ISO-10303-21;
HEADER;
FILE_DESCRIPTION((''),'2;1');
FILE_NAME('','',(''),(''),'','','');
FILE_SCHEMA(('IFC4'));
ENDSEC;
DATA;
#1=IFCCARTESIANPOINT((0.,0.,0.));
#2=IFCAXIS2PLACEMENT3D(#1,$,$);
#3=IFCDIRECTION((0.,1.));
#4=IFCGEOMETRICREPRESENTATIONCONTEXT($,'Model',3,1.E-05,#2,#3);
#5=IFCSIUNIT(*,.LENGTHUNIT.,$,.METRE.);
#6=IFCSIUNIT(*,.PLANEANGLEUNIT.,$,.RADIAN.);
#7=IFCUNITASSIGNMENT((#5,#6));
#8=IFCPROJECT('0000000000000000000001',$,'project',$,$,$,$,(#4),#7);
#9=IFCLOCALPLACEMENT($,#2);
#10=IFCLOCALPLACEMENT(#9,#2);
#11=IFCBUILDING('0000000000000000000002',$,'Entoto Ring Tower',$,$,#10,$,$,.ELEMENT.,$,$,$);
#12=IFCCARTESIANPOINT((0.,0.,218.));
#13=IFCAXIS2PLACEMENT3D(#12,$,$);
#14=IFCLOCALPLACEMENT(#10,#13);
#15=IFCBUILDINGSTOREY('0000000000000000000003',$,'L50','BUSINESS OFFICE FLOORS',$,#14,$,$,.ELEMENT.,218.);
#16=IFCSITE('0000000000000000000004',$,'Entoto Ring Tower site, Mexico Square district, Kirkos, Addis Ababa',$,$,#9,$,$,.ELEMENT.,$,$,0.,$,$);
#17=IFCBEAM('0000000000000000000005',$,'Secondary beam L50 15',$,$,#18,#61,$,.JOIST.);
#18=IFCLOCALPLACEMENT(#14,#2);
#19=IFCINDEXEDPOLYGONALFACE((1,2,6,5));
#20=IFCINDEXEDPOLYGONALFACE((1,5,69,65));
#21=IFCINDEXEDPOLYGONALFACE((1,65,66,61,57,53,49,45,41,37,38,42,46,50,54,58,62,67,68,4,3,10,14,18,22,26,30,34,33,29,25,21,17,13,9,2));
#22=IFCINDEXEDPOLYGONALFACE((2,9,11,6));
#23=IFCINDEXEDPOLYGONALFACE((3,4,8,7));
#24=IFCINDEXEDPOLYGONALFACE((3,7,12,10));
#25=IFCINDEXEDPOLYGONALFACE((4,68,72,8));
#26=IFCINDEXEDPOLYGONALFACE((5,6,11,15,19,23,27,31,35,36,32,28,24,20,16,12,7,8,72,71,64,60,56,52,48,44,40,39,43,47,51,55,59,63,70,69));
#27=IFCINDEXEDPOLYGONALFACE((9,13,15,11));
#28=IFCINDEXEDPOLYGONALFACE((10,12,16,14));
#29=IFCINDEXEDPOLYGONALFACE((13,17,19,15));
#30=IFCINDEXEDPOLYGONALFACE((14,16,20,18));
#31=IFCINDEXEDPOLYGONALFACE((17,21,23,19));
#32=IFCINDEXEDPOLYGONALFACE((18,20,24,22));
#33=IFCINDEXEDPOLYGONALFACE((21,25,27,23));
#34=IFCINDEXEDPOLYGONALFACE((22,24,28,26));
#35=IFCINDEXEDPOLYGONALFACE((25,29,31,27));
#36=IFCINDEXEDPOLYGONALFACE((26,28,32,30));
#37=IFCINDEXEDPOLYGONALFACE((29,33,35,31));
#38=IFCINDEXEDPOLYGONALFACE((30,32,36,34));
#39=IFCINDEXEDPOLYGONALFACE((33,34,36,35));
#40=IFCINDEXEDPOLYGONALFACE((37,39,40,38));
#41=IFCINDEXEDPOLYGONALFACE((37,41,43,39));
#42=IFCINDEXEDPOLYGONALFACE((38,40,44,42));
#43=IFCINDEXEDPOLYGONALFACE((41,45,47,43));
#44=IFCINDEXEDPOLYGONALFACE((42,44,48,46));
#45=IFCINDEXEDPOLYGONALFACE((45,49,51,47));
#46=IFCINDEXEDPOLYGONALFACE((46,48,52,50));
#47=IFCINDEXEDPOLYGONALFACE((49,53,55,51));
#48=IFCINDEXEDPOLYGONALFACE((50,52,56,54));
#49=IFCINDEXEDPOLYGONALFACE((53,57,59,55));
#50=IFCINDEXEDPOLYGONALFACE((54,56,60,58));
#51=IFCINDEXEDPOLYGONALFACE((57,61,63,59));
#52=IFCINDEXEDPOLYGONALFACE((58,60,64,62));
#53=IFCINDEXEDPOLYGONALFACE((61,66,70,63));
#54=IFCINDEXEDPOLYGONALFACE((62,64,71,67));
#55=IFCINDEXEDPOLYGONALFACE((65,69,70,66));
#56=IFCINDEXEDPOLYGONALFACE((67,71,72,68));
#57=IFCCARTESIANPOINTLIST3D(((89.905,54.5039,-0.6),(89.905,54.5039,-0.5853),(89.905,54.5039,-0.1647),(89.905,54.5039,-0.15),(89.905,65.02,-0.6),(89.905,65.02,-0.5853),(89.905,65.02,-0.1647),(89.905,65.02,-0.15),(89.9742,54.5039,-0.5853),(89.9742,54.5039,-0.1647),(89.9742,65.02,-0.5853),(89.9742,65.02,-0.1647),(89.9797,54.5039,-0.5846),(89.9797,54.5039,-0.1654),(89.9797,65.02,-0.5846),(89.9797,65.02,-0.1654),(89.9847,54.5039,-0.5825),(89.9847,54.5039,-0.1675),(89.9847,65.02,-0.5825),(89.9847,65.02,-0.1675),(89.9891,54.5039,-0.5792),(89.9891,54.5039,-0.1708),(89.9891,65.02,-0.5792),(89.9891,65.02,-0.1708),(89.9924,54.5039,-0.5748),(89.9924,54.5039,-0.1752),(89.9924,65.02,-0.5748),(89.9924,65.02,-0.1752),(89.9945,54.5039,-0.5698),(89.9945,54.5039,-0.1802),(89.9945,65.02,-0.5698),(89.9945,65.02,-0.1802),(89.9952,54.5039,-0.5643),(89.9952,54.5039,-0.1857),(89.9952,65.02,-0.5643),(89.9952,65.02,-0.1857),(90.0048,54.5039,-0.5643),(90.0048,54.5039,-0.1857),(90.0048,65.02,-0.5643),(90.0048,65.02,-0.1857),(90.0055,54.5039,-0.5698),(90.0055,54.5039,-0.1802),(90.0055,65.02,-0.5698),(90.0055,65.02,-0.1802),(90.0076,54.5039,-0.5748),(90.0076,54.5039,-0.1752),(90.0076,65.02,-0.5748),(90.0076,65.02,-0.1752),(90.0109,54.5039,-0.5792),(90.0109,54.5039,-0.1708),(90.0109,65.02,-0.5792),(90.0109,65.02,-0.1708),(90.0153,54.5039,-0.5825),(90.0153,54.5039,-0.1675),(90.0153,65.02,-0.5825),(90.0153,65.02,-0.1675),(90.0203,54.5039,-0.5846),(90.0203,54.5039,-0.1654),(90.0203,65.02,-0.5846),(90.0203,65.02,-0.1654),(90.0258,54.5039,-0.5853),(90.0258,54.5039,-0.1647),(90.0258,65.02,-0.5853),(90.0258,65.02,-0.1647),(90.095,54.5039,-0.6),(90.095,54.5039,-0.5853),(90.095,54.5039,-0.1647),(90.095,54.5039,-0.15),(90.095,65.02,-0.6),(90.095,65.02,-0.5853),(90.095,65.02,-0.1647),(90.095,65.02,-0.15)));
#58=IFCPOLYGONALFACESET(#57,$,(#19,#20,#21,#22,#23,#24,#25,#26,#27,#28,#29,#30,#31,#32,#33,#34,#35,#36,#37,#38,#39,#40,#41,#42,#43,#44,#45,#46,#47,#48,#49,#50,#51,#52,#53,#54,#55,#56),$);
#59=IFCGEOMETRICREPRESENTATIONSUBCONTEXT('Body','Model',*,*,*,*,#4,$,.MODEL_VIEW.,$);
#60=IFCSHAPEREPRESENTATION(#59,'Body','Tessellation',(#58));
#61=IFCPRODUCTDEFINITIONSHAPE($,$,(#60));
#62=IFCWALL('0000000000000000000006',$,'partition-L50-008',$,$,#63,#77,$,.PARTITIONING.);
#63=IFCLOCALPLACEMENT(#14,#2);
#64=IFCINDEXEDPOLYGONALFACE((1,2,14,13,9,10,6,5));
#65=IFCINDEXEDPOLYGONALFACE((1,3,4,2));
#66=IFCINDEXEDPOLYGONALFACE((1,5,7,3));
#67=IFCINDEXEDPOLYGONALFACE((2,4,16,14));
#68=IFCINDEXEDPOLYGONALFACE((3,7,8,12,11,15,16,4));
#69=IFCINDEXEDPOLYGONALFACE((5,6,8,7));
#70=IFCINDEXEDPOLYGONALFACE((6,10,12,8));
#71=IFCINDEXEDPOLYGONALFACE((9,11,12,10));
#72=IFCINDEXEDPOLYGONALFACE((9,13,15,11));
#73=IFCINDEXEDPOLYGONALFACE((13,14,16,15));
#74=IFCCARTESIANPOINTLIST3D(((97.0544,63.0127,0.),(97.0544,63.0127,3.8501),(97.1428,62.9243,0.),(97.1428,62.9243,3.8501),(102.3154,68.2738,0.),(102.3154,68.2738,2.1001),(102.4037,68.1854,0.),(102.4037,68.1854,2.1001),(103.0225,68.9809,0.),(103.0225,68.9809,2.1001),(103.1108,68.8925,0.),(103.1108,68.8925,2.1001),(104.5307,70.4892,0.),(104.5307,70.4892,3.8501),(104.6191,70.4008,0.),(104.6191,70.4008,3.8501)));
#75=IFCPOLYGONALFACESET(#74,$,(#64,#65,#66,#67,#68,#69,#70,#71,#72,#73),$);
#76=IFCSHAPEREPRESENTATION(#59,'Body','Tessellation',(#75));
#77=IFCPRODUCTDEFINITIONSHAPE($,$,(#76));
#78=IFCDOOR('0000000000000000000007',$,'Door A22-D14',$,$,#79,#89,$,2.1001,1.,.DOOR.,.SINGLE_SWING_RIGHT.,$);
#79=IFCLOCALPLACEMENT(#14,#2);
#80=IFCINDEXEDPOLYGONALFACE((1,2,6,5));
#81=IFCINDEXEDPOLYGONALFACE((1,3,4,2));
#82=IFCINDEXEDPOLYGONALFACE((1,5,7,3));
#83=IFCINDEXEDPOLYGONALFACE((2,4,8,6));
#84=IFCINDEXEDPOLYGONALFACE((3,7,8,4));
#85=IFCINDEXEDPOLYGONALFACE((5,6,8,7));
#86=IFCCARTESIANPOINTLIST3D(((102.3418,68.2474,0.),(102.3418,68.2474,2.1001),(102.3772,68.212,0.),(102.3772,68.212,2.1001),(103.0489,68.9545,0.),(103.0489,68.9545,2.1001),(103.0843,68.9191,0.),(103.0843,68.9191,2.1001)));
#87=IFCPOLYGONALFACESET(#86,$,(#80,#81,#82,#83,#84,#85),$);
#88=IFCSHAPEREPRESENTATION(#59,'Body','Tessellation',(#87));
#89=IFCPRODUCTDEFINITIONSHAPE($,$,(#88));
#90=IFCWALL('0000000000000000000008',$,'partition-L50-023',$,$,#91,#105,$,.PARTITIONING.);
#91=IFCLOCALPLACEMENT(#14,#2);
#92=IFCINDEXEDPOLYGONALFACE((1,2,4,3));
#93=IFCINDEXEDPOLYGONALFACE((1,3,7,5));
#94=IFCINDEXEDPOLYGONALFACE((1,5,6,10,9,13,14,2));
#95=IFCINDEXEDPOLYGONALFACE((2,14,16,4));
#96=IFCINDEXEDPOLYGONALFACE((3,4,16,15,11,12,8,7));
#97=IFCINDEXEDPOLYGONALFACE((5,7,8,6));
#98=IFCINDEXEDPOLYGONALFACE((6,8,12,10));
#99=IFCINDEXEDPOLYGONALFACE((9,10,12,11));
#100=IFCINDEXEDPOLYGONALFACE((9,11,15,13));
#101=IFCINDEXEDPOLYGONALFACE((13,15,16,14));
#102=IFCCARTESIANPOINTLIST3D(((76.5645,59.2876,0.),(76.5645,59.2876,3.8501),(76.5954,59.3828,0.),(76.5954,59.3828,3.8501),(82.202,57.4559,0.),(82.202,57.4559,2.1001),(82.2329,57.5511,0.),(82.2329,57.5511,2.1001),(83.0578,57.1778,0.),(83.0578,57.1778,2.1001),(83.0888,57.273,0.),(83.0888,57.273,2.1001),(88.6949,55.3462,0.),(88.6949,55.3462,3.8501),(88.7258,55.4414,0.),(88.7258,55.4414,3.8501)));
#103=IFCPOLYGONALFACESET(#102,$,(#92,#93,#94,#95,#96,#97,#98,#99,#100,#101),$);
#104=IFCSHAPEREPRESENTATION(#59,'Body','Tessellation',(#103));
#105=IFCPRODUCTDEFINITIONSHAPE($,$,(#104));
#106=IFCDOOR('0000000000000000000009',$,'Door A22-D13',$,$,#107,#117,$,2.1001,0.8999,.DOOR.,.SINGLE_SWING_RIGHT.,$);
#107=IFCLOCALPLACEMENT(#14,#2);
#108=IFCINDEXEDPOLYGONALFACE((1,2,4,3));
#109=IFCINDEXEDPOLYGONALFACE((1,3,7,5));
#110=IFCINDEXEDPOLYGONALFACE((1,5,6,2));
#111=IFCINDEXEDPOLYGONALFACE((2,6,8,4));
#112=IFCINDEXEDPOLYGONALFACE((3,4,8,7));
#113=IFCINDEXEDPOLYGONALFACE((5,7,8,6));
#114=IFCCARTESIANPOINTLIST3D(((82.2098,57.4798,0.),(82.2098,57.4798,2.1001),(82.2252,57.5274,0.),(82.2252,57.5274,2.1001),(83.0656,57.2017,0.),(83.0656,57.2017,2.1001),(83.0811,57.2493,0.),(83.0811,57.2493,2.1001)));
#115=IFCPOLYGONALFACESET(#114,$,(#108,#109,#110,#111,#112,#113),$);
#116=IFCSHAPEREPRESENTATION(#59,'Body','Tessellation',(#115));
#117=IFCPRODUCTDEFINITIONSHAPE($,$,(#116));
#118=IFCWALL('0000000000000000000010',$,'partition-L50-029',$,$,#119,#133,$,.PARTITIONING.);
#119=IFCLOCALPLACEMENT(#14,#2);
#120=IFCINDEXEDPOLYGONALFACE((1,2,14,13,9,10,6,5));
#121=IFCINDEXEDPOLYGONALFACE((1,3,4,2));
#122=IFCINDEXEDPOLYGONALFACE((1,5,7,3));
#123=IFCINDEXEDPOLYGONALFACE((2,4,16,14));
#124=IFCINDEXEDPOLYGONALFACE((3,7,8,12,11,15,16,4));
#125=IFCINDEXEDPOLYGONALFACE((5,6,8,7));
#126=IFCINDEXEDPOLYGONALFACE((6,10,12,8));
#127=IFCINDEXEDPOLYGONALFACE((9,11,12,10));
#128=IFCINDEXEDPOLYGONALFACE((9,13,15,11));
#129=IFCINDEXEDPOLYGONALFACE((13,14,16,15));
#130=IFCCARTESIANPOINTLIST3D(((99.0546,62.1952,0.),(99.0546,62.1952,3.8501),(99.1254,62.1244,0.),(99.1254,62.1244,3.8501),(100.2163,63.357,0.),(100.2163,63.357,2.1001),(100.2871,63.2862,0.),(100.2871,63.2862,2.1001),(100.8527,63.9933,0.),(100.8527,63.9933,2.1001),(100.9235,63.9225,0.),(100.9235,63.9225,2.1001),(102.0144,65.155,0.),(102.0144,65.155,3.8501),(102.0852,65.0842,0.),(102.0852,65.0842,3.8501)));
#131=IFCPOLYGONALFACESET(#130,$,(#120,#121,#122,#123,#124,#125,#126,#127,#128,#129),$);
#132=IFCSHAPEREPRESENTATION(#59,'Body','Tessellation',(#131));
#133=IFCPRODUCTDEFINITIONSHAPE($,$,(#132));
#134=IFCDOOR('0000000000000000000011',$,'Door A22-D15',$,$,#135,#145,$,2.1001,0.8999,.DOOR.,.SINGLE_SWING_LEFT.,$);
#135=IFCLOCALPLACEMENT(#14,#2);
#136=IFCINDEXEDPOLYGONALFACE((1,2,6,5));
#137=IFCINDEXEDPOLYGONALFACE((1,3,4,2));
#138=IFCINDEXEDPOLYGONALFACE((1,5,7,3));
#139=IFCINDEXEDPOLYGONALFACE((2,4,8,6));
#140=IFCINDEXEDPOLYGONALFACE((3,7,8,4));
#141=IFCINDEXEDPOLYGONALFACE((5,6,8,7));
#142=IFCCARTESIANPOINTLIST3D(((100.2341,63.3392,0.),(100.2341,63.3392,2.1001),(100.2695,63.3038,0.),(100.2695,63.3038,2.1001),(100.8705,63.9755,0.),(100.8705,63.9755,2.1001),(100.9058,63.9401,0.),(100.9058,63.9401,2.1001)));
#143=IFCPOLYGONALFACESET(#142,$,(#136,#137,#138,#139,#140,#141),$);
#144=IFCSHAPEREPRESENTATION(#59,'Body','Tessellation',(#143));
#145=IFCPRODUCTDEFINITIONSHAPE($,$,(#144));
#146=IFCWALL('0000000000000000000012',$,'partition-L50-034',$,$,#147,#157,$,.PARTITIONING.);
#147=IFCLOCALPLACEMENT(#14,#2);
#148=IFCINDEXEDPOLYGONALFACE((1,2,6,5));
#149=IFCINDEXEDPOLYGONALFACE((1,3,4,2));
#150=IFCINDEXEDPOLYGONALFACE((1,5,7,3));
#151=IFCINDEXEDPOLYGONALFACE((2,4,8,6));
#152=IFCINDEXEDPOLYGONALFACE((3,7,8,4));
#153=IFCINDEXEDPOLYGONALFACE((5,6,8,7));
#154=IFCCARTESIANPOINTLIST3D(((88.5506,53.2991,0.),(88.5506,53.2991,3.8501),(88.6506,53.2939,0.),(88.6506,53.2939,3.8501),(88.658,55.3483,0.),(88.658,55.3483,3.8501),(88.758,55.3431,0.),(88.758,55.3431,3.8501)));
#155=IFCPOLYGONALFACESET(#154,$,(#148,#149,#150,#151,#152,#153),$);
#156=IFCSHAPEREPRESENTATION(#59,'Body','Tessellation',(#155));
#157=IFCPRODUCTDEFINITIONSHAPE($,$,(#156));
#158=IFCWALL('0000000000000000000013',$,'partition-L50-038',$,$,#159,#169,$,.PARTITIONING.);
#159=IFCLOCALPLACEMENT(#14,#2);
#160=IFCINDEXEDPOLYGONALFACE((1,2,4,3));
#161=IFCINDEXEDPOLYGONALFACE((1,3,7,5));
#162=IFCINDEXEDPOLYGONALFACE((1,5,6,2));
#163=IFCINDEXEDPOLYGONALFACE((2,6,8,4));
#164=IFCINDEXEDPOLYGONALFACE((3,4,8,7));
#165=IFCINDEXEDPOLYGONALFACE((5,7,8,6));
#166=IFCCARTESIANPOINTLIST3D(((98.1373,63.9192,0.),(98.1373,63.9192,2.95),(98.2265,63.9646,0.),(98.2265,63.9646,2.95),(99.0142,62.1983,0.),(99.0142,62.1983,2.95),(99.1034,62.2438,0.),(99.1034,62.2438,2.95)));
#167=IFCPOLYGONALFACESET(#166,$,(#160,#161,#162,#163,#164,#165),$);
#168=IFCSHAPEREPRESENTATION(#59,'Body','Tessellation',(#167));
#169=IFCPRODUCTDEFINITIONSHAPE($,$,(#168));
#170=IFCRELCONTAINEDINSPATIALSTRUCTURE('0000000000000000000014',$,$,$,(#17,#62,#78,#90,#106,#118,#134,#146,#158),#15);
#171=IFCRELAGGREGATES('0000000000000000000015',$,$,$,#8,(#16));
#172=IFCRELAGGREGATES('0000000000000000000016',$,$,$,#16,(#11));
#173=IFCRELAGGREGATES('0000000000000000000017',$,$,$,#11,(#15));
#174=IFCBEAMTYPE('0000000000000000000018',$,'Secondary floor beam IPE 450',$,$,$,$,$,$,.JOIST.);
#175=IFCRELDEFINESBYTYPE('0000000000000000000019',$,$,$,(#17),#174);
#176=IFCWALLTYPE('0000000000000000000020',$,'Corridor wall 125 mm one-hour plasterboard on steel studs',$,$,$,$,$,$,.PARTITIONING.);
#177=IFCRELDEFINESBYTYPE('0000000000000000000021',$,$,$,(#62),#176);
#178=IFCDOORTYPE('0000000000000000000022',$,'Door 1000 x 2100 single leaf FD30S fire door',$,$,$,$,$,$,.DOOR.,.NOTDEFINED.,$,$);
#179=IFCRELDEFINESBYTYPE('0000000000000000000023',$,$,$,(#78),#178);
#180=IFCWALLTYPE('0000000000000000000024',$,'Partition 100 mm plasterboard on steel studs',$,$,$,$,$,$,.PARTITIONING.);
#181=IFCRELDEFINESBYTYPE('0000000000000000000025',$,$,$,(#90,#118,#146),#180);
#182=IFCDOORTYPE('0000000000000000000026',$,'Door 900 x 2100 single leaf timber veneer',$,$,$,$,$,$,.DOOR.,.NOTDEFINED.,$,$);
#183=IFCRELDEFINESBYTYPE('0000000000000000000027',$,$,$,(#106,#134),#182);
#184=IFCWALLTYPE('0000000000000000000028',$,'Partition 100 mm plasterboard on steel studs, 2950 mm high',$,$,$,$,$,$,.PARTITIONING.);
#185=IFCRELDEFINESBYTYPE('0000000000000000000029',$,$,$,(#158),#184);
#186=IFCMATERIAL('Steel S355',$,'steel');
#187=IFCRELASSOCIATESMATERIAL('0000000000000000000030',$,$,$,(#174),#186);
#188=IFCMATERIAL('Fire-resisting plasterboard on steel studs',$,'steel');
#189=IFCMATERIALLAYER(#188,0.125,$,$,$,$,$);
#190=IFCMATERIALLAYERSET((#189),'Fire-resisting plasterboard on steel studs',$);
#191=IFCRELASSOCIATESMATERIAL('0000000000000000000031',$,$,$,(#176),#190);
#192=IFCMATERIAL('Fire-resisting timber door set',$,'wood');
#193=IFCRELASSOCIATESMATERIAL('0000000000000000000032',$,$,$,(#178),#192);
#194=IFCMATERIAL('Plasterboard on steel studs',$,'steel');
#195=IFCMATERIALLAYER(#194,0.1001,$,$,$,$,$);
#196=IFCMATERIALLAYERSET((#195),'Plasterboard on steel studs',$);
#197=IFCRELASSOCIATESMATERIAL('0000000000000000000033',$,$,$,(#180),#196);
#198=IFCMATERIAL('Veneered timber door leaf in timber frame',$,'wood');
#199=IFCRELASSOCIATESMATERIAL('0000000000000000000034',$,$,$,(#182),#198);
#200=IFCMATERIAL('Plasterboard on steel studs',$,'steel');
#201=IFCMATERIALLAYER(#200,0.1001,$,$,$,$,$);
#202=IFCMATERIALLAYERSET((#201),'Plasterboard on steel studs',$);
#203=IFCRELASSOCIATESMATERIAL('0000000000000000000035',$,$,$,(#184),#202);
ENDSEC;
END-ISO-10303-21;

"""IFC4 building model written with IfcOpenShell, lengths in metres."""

from ifc_helpers import new_model, si_unit, direction, frame, frame_2d, origin, origin_2d, place, context, subcontext, project, spatial, rectangle, i_section, extrude, material, layer, layer_set, material_profile, profile_set, type_object, element, fill, save


model = new_model("IFC4")

# Units and contexts
model_context = context("Model", 3, precision=1e-05, world=origin(), true_north=direction((0.0, 1.0)))
body_context = subcontext(model_context, "Body", "Model", "MODEL_VIEW")
ifc_project = project(units=[si_unit("LENGTHUNIT", "METRE"), si_unit("PLANEANGLEUNIT", "RADIAN")], contexts=[model_context])

# Site, building, storey
site_placement = place(None, origin())
site = spatial("IfcSite", under=ifc_project, at=site_placement, Name="Entoto Ring Tower site, Mexico Square district, Kirkos, Addis Ababa", CompositionType="ELEMENT", RefElevation=0.0)
building_placement = place(site_placement, origin())
building = spatial("IfcBuilding", under=site, at=building_placement, Name="Entoto Ring Tower", CompositionType="ELEMENT")
storey_placement = place(building_placement, frame((0.0, 0.0, 218.0)))
storey = spatial("IfcBuildingStorey", under=building, at=storey_placement, Name="L50", Description="BUSINESS OFFICE FLOORS", CompositionType="ELEMENT", Elevation=218.0)

# Beam
ifc_material_1 = material(Name="Steel S355", Category="steel")
ifc_material_profile_1 = material_profile(ifc_material_1, i_section(OverallWidth=0.1899, OverallDepth=0.45, WebThickness=0.0095, FlangeThickness=0.0146, FilletRadius=0.021, at=origin_2d()), Name="IPE 450")
ifc_profile_set_1 = profile_set([ifc_material_profile_1], Name="Steel S355")
beam_type_1 = type_object("IfcBeamType", Name="Secondary floor beam IPE 450", PredefinedType="JOIST", material=ifc_profile_set_1)
beam_1_placement = place(storey_placement, frame((90.0, 65.02, -0.375), z_axis=(0.0, -1.0, 0.0), x_axis=(1.0, 0.0, 0.0)))
element("IfcBeam", 1, at=beam_1_placement, inside=storey, type_object=beam_type_1, Name="Secondary beam L50 15", PredefinedType="JOIST", context=body_context, shape_type="SweptSolid", body=[
    extrude(i_section(OverallWidth=0.1899, OverallDepth=0.45, WebThickness=0.0095, FlangeThickness=0.0146, FilletRadius=0.021, at=origin_2d()), origin(), (0.0, 0.0, 1.0), 10.5161),
])

# Walls, openings, doors
ifc_material_2 = material(Name="Fire-resisting plasterboard on steel studs", Category="steel")
ifc_layer_1 = layer(ifc_material_2, 0.125)
ifc_layer_set_1 = layer_set([ifc_layer_1], Name="Fire-resisting plasterboard on steel studs")
wall_type_1 = type_object("IfcWallType", Name="Corridor wall 125 mm one-hour plasterboard on steel studs", PredefinedType="PARTITIONING", material=ifc_layer_set_1)
wall_1_placement = place(storey_placement, frame((97.0986, 62.9685, 0.0), z_axis=(0.0, 0.0, 1.0), x_axis=(0.707095, 0.707118, 0.0)))
wall_1 = element("IfcWall", 2, at=wall_1_placement, inside=storey, type_object=wall_type_1, Name="partition-L50-008", PredefinedType="PARTITIONING", context=body_context, shape_type="SweptSolid", body=[
    extrude(rectangle(XDim=10.5732, YDim=0.125, at=frame_2d((5.2866, 0.0))), origin(), (0.0, 0.0, 1.0), 3.8501),
])
opening_1_placement = place(wall_1_placement, frame((7.4402, 0.0, 0.0)))
opening_1 = element("IfcOpeningElement", 3, at=opening_1_placement, cuts=wall_1, PredefinedType="OPENING", context=body_context, shape_type="SweptSolid", body=[
    extrude(rectangle(XDim=1.0, YDim=2.1001, at=frame_2d((0.5, 1.05))), frame((0.0, 0.0725, 0.0), z_axis=(0.0, -1.0, 0.0), x_axis=(1.0, 0.0, 0.0)), (0.0, 0.0, 1.0), 0.145),
])
ifc_material_3 = material(Name="Fire-resisting timber door set", Category="wood")
door_type_1 = type_object("IfcDoorType", Name="Door 1000 x 2100 single leaf FD30S fire door", OperationType="NOTDEFINED", PredefinedType="DOOR", material=ifc_material_3)
door_1_placement = place(opening_1_placement, frame((1.0, 0.0, 0.0), z_axis=(0.0, 0.0, 1.0), x_axis=(-1.0, 0.0, 0.0)))
door_1 = element("IfcDoor", 4, at=door_1_placement, inside=storey, type_object=door_type_1, Name="Door A22-D14", OperationType="SINGLE_SWING_RIGHT", OverallHeight=2.1001, OverallWidth=1.0, PredefinedType="DOOR", context=body_context, shape_type="SweptSolid", body=[
    extrude(rectangle(XDim=1.0, YDim=2.1001, at=frame_2d((0.5, 1.05))), frame((0.0, 0.0249, 0.0), z_axis=(0.0, -1.0, 0.0), x_axis=(1.0, 0.0, 0.0)), (0.0, 0.0, 1.0), 0.05),
])
fill(opening_1, door_1)
ifc_material_4 = material(Name="Plasterboard on steel studs", Category="steel")
ifc_layer_2 = layer(ifc_material_4, 0.1001)
ifc_layer_set_2 = layer_set([ifc_layer_2], Name="Plasterboard on steel studs")
wall_type_2 = type_object("IfcWallType", Name="Partition 100 mm plasterboard on steel studs", PredefinedType="PARTITIONING", material=ifc_layer_set_2)
wall_2_placement = place(storey_placement, frame((88.7104, 55.3938, 0.0), z_axis=(0.0, 0.0, 1.0), x_axis=(-0.951056, 0.309018, 0.0)))
wall_2 = element("IfcWall", 5, at=wall_2_placement, inside=storey, type_object=wall_type_2, Name="partition-L50-023", PredefinedType="PARTITIONING", context=body_context, shape_type="SweptSolid", body=[
    extrude(rectangle(XDim=12.7546, YDim=0.1001, at=frame_2d((6.3774, 0.0))), origin(), (0.0, 0.0, 1.0), 3.8501),
])
opening_2_placement = place(wall_2_placement, frame((5.9272, 0.0, 0.0)))
opening_2 = element("IfcOpeningElement", 6, at=opening_2_placement, cuts=wall_2, PredefinedType="OPENING", context=body_context, shape_type="SweptSolid", body=[
    extrude(rectangle(XDim=0.8999, YDim=2.1001, at=frame_2d((0.45, 1.05))), frame((0.0, 0.0601, 0.0), z_axis=(0.0, -1.0, 0.0), x_axis=(1.0, 0.0, 0.0)), (0.0, 0.0, 1.0), 0.1201),
])
ifc_material_5 = material(Name="Veneered timber door leaf in timber frame", Category="wood")
door_type_2 = type_object("IfcDoorType", Name="Door 900 x 2100 single leaf timber veneer", OperationType="NOTDEFINED", PredefinedType="DOOR", material=ifc_material_5)
door_2_placement = place(opening_2_placement, origin())
door_2 = element("IfcDoor", 7, at=door_2_placement, inside=storey, type_object=door_type_2, Name="Door A22-D13", OperationType="SINGLE_SWING_RIGHT", OverallHeight=2.1001, OverallWidth=0.8999, PredefinedType="DOOR", context=body_context, shape_type="SweptSolid", body=[
    extrude(rectangle(XDim=0.8999, YDim=2.1001, at=frame_2d((0.45, 1.05))), frame((0.0, 0.0249, 0.0), z_axis=(0.0, -1.0, 0.0), x_axis=(1.0, 0.0, 0.0)), (0.0, 0.0, 1.0), 0.05),
])
fill(opening_2, door_2)
wall_3_placement = place(storey_placement, frame((99.0901, 62.1599, 0.0), z_axis=(0.0, 0.0, 1.0), x_axis=(0.707107, 0.707107, 0.0)))
wall_3 = element("IfcWall", 8, at=wall_3_placement, inside=storey, type_object=wall_type_2, Name="partition-L50-029", PredefinedType="PARTITIONING", context=body_context, shape_type="SweptSolid", body=[
    extrude(rectangle(XDim=4.1858, YDim=0.1001, at=frame_2d((2.0928, 0.0))), origin(), (0.0, 0.0, 1.0), 3.8501),
])
opening_3_placement = place(wall_3_placement, frame((1.6428, 0.0, 0.0)))
opening_3 = element("IfcOpeningElement", 9, at=opening_3_placement, cuts=wall_3, PredefinedType="OPENING", context=body_context, shape_type="SweptSolid", body=[
    extrude(rectangle(XDim=0.8999, YDim=2.1001, at=frame_2d((0.45, 1.05))), frame((0.0, 0.0601, 0.0), z_axis=(0.0, -1.0, 0.0), x_axis=(1.0, 0.0, 0.0)), (0.0, 0.0, 1.0), 0.1201),
])
door_3_placement = place(opening_3_placement, origin())
door_3 = element("IfcDoor", 10, at=door_3_placement, inside=storey, type_object=door_type_2, Name="Door A22-D15", OperationType="SINGLE_SWING_LEFT", OverallHeight=2.1001, OverallWidth=0.8999, PredefinedType="DOOR", context=body_context, shape_type="SweptSolid", body=[
    extrude(rectangle(XDim=0.8999, YDim=2.1001, at=frame_2d((0.45, 1.05))), frame((0.0, 0.0249, 0.0), z_axis=(0.0, -1.0, 0.0), x_axis=(1.0, 0.0, 0.0)), (0.0, 0.0, 1.0), 0.05),
])
fill(opening_3, door_3)

# Walls
wall_4_placement = place(storey_placement, frame((88.6006, 53.2966, 0.0), z_axis=(0.0, 0.0, 1.0), x_axis=(0.052353, 0.998629, 0.0)))
element("IfcWall", 11, at=wall_4_placement, inside=storey, type_object=wall_type_2, Name="partition-L50-034", PredefinedType="PARTITIONING", context=body_context, shape_type="SweptSolid", body=[
    extrude(rectangle(XDim=2.052, YDim=0.1001, at=frame_2d((1.0259, 0.0))), origin(), (0.0, 0.0, 1.0), 3.8501),
])
ifc_material_6 = material(Name="Plasterboard on steel studs", Category="steel")
ifc_layer_3 = layer(ifc_material_6, 0.1001)
ifc_layer_set_3 = layer_set([ifc_layer_3], Name="Plasterboard on steel studs")
wall_type_3 = type_object("IfcWallType", Name="Partition 100 mm plasterboard on steel studs, 2950 mm high", PredefinedType="PARTITIONING", material=ifc_layer_set_3)
wall_5_placement = place(storey_placement, frame((99.0588, 62.2209, 0.0), z_axis=(0.0, 0.0, 1.0), x_axis=(-0.454026, 0.890988, 0.0)))
element("IfcWall", 12, at=wall_5_placement, inside=storey, type_object=wall_type_3, Name="partition-L50-038", PredefinedType="PARTITIONING", context=body_context, shape_type="SweptSolid", body=[
    extrude(rectangle(XDim=1.9314, YDim=0.1001, at=frame_2d((0.9658, 0.0))), origin(), (0.0, 0.0, 1.0), 2.95),
])

save(model, "model.ifc")
